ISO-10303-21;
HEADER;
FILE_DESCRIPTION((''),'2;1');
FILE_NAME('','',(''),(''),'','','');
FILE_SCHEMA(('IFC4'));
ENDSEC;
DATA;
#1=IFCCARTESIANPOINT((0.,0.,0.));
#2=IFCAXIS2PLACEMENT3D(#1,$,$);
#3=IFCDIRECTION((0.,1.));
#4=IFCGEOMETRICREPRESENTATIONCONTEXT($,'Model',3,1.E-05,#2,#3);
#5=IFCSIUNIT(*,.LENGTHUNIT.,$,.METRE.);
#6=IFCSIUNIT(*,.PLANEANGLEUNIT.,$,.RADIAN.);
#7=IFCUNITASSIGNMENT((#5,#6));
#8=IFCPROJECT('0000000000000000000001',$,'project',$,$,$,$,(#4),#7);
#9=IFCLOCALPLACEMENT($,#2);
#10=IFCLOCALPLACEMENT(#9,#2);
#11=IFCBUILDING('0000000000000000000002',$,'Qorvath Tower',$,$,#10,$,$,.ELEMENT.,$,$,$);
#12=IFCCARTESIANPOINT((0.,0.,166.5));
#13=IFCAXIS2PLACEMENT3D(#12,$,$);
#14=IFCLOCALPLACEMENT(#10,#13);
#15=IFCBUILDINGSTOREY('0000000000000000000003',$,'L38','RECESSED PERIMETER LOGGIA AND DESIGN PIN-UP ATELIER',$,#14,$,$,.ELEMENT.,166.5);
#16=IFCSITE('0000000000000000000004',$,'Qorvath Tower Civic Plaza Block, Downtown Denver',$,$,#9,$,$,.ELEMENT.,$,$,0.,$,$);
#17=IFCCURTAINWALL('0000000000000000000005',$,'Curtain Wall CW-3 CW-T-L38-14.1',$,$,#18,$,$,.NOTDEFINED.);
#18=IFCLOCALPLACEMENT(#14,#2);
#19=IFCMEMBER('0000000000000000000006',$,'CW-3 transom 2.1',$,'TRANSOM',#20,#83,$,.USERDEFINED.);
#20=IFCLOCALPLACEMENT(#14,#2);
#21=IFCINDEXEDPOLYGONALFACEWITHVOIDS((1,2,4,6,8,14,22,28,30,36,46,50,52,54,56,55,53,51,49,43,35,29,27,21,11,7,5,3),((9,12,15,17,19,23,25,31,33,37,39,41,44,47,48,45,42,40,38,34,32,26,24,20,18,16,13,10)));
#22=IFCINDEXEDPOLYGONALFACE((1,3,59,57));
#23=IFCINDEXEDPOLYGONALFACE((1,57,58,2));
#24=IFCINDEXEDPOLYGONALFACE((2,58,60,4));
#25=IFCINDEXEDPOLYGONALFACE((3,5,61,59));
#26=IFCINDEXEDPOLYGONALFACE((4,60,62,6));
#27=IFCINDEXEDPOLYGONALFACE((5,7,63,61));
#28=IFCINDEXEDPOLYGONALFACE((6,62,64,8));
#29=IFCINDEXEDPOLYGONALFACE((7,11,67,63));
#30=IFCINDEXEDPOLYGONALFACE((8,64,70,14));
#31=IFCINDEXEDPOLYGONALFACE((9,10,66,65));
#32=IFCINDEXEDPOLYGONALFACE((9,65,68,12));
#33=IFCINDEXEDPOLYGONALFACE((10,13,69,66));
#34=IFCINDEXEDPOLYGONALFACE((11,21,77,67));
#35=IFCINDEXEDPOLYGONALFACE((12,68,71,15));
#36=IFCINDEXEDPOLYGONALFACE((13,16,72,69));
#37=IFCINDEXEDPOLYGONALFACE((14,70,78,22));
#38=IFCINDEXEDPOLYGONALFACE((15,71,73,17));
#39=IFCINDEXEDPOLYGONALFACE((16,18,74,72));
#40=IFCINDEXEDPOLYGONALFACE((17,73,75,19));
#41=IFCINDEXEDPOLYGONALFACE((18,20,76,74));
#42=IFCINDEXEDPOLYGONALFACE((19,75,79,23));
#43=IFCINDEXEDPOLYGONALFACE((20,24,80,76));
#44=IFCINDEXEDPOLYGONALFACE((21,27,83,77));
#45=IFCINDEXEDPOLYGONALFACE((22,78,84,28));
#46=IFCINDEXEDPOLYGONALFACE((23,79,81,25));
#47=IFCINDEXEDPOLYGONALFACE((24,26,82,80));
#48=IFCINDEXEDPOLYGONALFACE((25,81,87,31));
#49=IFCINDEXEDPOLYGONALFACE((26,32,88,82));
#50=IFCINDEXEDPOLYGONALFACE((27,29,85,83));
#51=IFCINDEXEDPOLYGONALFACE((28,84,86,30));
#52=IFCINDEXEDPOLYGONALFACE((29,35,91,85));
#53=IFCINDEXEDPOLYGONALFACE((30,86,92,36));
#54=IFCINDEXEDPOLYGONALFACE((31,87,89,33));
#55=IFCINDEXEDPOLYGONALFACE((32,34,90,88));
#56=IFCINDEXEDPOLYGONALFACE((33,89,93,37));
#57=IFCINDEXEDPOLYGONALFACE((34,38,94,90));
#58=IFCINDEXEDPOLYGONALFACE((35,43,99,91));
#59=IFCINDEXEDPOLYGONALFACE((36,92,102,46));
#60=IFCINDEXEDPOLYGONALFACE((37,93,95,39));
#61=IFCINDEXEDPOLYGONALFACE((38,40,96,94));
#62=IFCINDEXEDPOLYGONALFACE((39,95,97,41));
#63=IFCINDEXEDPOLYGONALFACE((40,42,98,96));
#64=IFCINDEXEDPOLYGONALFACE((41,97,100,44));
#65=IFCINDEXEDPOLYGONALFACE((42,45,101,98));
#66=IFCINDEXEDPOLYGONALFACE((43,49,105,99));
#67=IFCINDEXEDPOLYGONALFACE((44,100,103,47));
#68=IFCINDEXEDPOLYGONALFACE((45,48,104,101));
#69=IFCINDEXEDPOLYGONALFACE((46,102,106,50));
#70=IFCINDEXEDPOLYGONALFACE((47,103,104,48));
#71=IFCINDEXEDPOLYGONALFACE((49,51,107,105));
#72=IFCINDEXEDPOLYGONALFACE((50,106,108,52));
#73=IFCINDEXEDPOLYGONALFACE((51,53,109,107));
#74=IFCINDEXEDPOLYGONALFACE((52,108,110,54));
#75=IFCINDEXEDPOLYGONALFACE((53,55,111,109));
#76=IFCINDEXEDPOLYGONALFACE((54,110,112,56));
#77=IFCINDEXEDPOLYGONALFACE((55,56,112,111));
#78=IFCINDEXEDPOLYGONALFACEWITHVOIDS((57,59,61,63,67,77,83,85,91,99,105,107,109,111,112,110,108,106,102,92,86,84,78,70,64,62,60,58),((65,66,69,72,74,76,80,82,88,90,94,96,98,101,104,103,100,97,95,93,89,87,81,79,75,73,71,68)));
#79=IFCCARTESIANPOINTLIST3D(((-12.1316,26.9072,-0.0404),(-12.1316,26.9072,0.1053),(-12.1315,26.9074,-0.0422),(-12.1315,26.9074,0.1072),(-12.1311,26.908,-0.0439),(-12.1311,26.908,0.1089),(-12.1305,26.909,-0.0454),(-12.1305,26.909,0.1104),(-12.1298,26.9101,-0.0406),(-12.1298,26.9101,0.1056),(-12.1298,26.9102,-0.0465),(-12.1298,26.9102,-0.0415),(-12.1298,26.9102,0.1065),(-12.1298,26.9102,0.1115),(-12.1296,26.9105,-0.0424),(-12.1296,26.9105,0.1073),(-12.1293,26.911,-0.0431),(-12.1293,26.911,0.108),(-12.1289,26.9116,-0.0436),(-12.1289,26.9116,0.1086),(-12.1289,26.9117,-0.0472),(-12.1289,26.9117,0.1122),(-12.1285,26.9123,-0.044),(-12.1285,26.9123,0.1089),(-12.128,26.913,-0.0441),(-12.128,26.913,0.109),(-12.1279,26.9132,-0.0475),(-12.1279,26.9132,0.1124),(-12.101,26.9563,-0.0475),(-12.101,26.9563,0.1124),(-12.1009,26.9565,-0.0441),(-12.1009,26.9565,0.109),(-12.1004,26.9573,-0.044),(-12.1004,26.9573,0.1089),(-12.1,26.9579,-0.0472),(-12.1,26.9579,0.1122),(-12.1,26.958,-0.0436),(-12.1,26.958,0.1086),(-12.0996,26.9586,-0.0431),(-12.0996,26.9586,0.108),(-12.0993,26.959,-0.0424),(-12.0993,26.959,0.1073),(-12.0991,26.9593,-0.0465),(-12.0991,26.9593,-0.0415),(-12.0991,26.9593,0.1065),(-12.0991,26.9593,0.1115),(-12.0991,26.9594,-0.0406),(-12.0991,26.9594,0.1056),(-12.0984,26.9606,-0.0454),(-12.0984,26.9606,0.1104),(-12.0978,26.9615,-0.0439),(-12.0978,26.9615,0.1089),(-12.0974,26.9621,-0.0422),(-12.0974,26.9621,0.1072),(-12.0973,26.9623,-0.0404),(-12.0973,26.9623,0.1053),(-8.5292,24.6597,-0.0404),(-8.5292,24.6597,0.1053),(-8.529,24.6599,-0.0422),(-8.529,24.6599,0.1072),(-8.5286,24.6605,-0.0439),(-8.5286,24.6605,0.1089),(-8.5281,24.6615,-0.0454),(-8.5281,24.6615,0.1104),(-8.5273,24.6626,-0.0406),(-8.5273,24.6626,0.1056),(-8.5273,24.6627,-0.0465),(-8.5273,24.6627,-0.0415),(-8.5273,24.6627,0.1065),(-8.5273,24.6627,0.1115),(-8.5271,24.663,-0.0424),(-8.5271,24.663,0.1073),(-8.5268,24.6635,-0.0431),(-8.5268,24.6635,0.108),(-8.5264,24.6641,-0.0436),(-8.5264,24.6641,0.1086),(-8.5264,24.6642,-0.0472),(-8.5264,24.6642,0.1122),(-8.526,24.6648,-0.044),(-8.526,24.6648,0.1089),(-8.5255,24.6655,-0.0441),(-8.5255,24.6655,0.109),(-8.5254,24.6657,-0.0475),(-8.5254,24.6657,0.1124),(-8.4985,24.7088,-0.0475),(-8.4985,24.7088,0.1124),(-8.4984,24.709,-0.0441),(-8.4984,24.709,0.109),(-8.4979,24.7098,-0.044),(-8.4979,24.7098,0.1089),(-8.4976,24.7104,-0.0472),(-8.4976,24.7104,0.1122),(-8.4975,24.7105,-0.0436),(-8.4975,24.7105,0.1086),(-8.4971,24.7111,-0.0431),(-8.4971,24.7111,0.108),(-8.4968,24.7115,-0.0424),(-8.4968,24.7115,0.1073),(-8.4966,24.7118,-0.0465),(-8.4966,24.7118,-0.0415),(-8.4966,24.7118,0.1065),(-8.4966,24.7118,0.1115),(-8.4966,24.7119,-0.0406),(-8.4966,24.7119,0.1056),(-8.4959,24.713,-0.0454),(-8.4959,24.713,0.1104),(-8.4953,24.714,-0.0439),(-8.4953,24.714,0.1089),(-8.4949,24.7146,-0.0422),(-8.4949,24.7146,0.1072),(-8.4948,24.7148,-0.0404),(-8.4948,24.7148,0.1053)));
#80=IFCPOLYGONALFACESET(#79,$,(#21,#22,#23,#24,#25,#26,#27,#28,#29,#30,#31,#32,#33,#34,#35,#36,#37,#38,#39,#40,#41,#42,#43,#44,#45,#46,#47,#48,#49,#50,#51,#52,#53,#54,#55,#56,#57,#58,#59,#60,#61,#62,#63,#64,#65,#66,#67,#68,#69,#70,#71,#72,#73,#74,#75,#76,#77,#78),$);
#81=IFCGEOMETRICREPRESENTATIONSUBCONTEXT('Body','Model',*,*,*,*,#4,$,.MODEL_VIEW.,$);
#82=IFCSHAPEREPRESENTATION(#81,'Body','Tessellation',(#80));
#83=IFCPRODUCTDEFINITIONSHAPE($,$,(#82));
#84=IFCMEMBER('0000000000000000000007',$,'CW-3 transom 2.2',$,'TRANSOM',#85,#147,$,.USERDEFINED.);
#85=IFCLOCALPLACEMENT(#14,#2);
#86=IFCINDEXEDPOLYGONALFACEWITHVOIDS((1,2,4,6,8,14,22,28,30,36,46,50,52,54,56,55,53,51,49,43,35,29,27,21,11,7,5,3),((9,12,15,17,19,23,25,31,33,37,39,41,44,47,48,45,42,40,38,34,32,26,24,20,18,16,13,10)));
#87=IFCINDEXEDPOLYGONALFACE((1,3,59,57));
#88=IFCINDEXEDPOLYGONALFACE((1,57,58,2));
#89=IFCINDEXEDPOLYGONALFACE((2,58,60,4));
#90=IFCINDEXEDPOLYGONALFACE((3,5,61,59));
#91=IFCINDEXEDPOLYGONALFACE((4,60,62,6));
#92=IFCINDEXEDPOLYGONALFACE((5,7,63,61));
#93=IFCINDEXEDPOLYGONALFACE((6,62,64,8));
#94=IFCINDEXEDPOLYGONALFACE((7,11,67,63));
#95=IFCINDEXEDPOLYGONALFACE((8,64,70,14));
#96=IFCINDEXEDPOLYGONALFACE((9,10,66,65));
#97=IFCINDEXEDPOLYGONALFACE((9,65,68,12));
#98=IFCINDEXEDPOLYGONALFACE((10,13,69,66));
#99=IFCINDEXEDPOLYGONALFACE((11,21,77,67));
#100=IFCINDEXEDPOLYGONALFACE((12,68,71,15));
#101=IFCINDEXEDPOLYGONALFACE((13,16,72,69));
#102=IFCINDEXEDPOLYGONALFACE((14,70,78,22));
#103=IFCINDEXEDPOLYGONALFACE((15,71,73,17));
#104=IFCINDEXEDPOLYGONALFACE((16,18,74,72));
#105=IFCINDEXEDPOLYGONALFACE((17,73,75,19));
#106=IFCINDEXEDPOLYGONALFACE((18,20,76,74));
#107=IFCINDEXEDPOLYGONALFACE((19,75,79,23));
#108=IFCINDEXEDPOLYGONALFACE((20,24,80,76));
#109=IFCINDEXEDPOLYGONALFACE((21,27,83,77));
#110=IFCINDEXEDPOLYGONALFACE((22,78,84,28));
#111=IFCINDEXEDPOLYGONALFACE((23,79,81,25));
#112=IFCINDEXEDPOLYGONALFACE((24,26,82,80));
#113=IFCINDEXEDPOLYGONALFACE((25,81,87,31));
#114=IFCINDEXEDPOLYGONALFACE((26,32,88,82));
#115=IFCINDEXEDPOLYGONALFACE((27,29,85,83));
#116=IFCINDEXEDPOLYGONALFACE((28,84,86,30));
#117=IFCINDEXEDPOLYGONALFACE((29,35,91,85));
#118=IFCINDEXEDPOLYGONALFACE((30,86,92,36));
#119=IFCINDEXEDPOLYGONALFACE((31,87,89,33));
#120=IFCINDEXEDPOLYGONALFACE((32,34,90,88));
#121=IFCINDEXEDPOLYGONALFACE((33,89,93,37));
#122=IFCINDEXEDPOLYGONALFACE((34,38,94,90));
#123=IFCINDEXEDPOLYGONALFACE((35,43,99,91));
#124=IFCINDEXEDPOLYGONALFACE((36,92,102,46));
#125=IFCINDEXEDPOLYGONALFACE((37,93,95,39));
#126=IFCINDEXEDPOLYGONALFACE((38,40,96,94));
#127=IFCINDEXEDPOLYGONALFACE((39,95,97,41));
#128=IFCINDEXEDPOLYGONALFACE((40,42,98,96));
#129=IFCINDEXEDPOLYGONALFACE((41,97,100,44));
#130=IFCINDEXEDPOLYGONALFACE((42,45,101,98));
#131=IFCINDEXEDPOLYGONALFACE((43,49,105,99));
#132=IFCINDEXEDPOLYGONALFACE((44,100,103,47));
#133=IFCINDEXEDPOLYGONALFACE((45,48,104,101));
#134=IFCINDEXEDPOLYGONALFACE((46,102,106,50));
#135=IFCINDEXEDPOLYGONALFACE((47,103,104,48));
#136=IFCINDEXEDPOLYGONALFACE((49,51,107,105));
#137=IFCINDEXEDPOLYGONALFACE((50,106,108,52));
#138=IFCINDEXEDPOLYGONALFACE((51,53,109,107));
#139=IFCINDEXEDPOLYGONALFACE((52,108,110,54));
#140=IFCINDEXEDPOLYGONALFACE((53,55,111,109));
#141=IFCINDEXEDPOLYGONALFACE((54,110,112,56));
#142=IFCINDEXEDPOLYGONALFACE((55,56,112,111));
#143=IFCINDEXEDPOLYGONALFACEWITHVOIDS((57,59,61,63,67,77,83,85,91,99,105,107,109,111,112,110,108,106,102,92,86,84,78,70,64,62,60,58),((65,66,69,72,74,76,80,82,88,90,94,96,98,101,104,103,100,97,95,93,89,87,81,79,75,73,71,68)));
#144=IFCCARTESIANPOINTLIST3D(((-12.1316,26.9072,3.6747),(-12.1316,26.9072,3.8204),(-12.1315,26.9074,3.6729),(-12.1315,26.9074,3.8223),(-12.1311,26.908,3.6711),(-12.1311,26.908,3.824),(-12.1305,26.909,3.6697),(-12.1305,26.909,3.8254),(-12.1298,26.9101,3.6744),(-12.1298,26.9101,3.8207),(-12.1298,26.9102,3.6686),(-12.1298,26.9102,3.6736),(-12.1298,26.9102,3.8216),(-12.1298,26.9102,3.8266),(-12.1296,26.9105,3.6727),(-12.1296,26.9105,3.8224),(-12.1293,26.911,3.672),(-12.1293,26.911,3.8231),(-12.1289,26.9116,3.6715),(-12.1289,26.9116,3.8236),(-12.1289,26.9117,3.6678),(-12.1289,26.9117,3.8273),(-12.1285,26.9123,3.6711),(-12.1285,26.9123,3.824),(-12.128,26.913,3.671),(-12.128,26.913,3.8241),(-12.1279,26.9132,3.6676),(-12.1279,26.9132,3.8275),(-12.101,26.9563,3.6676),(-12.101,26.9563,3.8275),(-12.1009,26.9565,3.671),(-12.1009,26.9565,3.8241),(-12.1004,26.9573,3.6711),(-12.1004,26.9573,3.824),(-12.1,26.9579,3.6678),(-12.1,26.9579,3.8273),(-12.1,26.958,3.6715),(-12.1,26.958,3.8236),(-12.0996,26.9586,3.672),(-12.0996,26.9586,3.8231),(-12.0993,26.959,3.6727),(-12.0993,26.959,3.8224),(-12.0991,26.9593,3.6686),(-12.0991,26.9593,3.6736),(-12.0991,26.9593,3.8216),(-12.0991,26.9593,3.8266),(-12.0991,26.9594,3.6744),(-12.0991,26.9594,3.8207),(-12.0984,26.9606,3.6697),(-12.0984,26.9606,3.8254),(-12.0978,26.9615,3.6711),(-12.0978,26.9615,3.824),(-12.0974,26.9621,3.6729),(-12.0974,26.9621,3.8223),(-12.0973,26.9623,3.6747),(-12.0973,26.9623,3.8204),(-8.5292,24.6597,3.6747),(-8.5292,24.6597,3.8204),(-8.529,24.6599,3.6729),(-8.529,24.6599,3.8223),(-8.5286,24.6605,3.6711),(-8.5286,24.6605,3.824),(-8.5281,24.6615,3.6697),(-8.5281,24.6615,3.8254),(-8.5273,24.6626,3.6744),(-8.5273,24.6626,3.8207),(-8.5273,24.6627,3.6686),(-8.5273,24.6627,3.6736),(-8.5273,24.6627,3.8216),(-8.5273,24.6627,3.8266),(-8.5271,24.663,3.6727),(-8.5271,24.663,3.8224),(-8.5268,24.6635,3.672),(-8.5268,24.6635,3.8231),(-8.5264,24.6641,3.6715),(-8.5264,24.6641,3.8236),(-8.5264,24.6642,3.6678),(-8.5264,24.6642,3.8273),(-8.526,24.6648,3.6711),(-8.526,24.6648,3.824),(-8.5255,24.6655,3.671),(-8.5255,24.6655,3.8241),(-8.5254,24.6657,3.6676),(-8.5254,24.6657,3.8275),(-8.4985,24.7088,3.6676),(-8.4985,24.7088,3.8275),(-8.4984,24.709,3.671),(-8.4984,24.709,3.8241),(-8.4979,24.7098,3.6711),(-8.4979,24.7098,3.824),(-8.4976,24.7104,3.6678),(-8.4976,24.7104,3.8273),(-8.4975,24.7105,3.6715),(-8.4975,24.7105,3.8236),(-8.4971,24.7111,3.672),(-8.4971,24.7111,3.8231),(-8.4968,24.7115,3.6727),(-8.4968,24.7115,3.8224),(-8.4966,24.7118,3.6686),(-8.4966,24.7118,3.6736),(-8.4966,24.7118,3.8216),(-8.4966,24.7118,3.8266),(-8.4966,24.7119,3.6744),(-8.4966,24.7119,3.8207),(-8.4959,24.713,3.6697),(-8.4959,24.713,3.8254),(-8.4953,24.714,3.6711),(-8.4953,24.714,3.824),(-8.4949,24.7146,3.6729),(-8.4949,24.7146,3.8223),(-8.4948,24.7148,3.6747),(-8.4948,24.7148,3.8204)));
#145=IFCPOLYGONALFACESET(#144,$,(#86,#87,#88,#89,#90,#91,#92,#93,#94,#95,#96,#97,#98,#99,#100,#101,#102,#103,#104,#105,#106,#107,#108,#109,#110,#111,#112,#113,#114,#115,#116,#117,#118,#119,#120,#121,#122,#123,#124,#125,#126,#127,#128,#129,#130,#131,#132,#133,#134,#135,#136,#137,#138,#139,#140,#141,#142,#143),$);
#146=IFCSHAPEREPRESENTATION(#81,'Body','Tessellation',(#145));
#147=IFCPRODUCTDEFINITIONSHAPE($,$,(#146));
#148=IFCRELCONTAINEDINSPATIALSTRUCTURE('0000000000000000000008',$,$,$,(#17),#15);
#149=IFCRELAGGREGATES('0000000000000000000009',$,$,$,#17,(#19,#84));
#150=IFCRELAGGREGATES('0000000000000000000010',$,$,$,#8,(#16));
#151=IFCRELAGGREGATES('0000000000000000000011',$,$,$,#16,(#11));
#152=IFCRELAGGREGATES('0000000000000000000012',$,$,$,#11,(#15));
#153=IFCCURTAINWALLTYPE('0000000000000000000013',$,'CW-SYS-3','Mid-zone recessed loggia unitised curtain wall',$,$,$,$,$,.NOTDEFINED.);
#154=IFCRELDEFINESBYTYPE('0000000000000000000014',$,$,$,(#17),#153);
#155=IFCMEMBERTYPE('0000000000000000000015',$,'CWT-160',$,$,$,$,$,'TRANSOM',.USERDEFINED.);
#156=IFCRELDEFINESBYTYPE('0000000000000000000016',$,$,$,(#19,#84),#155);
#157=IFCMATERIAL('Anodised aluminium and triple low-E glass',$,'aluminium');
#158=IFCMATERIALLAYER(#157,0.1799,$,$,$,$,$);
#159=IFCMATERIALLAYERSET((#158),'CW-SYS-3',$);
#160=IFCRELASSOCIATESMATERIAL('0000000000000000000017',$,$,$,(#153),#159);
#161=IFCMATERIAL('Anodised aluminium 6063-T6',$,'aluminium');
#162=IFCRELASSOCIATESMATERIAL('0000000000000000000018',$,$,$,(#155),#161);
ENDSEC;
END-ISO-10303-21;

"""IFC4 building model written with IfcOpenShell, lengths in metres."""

from ifc_helpers import new_model, si_unit, direction, frame, origin, origin_2d, place, context, subcontext, project, spatial, hollow_rectangle, extrude, material, layer, layer_set, material_profile, profile_set, type_object, element, aggregate, save


model = new_model("IFC4")

# Units and contexts
model_context = context("Model", 3, precision=1e-05, world=origin(), true_north=direction((0.0, 1.0)))
body_context = subcontext(model_context, "Body", "Model", "MODEL_VIEW")
ifc_project = project(units=[si_unit("LENGTHUNIT", "METRE"), si_unit("PLANEANGLEUNIT", "RADIAN")], contexts=[model_context])

# Site, building, storey
site_placement = place(None, origin())
site = spatial("IfcSite", under=ifc_project, at=site_placement, Name="Qorvath Tower Civic Plaza Block, Downtown Denver", CompositionType="ELEMENT", RefElevation=0.0)
building_placement = place(site_placement, origin())
building = spatial("IfcBuilding", under=site, at=building_placement, Name="Qorvath Tower", CompositionType="ELEMENT")
storey_placement = place(building_placement, frame((0.0, 0.0, 166.5)))
storey = spatial("IfcBuildingStorey", under=building, at=storey_placement, Name="L38", Description="RECESSED PERIMETER LOGGIA AND DESIGN PIN-UP ATELIER", CompositionType="ELEMENT", Elevation=166.5)

# Shared definitions
ifc_material_1 = material(Name="Anodised aluminium and triple low-E glass", Category="aluminium")
ifc_layer_1 = layer(ifc_material_1, 0.1799)
ifc_layer_set_1 = layer_set([ifc_layer_1], Name="CW-SYS-3")
curtain_wall_type = type_object("IfcCurtainWallType", Name="CW-SYS-3", Description="Mid-zone recessed loggia unitised curtain wall", PredefinedType="NOTDEFINED", material=ifc_layer_set_1)

# Curtain wall
curtain_wall_1_placement = place(storey_placement, origin())
curtain_wall_1 = element("IfcCurtainWall", 1, at=curtain_wall_1_placement, inside=storey, type_object=curtain_wall_type, Name="Curtain Wall CW-3 CW-T-L38-14.1", PredefinedType="NOTDEFINED")

# Members
ifc_material_2 = material(Name="Anodised aluminium 6063-T6", Category="aluminium")
ifc_material_profile_1 = material_profile(ifc_material_2, hollow_rectangle(XDim=0.0649, YDim=0.1599, WallThickness=0.0034, InnerFilletRadius=0.0034, OuterFilletRadius=0.0071, at=origin_2d()), Name="CWT 160x65")
ifc_profile_set_1 = profile_set([ifc_material_profile_1], Name="Anodised aluminium 6063-T6")
member_type_1 = type_object("IfcMemberType", Name="CWT-160", ElementType="TRANSOM", PredefinedType="USERDEFINED", material=ifc_profile_set_1)
member_1_placement = place(storey_placement, frame((-8.512, 24.6873, 0.0325), z_axis=(-0.848424, 0.529317, 0.0), x_axis=(-0.529317, -0.848424, 0.0)))
member_1 = element("IfcMember", 2, at=member_1_placement, type_object=member_type_1, Name="CW-3 transom 2.1", ObjectType="TRANSOM", PredefinedType="USERDEFINED", context=body_context, shape_type="SweptSolid", body=[
    extrude(hollow_rectangle(XDim=0.0649, YDim=0.1599, WallThickness=0.0034, InnerFilletRadius=0.0034, OuterFilletRadius=0.0071, at=origin_2d()), origin(), (0.0, 0.0, 1.0), 4.2461),
])
member_2_placement = place(storey_placement, frame((-8.512, 24.6873, 3.7476), z_axis=(-0.848424, 0.529317, 0.0), x_axis=(-0.529317, -0.848424, 0.0)))
member_2 = element("IfcMember", 3, at=member_2_placement, type_object=member_type_1, Name="CW-3 transom 2.2", ObjectType="TRANSOM", PredefinedType="USERDEFINED", context=body_context, shape_type="SweptSolid", body=[
    extrude(hollow_rectangle(XDim=0.0649, YDim=0.1599, WallThickness=0.0034, InnerFilletRadius=0.0034, OuterFilletRadius=0.0071, at=origin_2d()), origin(), (0.0, 0.0, 1.0), 4.2461),
])

aggregate(curtain_wall_1, [member_1, member_2])

save(model, "model.ifc")
